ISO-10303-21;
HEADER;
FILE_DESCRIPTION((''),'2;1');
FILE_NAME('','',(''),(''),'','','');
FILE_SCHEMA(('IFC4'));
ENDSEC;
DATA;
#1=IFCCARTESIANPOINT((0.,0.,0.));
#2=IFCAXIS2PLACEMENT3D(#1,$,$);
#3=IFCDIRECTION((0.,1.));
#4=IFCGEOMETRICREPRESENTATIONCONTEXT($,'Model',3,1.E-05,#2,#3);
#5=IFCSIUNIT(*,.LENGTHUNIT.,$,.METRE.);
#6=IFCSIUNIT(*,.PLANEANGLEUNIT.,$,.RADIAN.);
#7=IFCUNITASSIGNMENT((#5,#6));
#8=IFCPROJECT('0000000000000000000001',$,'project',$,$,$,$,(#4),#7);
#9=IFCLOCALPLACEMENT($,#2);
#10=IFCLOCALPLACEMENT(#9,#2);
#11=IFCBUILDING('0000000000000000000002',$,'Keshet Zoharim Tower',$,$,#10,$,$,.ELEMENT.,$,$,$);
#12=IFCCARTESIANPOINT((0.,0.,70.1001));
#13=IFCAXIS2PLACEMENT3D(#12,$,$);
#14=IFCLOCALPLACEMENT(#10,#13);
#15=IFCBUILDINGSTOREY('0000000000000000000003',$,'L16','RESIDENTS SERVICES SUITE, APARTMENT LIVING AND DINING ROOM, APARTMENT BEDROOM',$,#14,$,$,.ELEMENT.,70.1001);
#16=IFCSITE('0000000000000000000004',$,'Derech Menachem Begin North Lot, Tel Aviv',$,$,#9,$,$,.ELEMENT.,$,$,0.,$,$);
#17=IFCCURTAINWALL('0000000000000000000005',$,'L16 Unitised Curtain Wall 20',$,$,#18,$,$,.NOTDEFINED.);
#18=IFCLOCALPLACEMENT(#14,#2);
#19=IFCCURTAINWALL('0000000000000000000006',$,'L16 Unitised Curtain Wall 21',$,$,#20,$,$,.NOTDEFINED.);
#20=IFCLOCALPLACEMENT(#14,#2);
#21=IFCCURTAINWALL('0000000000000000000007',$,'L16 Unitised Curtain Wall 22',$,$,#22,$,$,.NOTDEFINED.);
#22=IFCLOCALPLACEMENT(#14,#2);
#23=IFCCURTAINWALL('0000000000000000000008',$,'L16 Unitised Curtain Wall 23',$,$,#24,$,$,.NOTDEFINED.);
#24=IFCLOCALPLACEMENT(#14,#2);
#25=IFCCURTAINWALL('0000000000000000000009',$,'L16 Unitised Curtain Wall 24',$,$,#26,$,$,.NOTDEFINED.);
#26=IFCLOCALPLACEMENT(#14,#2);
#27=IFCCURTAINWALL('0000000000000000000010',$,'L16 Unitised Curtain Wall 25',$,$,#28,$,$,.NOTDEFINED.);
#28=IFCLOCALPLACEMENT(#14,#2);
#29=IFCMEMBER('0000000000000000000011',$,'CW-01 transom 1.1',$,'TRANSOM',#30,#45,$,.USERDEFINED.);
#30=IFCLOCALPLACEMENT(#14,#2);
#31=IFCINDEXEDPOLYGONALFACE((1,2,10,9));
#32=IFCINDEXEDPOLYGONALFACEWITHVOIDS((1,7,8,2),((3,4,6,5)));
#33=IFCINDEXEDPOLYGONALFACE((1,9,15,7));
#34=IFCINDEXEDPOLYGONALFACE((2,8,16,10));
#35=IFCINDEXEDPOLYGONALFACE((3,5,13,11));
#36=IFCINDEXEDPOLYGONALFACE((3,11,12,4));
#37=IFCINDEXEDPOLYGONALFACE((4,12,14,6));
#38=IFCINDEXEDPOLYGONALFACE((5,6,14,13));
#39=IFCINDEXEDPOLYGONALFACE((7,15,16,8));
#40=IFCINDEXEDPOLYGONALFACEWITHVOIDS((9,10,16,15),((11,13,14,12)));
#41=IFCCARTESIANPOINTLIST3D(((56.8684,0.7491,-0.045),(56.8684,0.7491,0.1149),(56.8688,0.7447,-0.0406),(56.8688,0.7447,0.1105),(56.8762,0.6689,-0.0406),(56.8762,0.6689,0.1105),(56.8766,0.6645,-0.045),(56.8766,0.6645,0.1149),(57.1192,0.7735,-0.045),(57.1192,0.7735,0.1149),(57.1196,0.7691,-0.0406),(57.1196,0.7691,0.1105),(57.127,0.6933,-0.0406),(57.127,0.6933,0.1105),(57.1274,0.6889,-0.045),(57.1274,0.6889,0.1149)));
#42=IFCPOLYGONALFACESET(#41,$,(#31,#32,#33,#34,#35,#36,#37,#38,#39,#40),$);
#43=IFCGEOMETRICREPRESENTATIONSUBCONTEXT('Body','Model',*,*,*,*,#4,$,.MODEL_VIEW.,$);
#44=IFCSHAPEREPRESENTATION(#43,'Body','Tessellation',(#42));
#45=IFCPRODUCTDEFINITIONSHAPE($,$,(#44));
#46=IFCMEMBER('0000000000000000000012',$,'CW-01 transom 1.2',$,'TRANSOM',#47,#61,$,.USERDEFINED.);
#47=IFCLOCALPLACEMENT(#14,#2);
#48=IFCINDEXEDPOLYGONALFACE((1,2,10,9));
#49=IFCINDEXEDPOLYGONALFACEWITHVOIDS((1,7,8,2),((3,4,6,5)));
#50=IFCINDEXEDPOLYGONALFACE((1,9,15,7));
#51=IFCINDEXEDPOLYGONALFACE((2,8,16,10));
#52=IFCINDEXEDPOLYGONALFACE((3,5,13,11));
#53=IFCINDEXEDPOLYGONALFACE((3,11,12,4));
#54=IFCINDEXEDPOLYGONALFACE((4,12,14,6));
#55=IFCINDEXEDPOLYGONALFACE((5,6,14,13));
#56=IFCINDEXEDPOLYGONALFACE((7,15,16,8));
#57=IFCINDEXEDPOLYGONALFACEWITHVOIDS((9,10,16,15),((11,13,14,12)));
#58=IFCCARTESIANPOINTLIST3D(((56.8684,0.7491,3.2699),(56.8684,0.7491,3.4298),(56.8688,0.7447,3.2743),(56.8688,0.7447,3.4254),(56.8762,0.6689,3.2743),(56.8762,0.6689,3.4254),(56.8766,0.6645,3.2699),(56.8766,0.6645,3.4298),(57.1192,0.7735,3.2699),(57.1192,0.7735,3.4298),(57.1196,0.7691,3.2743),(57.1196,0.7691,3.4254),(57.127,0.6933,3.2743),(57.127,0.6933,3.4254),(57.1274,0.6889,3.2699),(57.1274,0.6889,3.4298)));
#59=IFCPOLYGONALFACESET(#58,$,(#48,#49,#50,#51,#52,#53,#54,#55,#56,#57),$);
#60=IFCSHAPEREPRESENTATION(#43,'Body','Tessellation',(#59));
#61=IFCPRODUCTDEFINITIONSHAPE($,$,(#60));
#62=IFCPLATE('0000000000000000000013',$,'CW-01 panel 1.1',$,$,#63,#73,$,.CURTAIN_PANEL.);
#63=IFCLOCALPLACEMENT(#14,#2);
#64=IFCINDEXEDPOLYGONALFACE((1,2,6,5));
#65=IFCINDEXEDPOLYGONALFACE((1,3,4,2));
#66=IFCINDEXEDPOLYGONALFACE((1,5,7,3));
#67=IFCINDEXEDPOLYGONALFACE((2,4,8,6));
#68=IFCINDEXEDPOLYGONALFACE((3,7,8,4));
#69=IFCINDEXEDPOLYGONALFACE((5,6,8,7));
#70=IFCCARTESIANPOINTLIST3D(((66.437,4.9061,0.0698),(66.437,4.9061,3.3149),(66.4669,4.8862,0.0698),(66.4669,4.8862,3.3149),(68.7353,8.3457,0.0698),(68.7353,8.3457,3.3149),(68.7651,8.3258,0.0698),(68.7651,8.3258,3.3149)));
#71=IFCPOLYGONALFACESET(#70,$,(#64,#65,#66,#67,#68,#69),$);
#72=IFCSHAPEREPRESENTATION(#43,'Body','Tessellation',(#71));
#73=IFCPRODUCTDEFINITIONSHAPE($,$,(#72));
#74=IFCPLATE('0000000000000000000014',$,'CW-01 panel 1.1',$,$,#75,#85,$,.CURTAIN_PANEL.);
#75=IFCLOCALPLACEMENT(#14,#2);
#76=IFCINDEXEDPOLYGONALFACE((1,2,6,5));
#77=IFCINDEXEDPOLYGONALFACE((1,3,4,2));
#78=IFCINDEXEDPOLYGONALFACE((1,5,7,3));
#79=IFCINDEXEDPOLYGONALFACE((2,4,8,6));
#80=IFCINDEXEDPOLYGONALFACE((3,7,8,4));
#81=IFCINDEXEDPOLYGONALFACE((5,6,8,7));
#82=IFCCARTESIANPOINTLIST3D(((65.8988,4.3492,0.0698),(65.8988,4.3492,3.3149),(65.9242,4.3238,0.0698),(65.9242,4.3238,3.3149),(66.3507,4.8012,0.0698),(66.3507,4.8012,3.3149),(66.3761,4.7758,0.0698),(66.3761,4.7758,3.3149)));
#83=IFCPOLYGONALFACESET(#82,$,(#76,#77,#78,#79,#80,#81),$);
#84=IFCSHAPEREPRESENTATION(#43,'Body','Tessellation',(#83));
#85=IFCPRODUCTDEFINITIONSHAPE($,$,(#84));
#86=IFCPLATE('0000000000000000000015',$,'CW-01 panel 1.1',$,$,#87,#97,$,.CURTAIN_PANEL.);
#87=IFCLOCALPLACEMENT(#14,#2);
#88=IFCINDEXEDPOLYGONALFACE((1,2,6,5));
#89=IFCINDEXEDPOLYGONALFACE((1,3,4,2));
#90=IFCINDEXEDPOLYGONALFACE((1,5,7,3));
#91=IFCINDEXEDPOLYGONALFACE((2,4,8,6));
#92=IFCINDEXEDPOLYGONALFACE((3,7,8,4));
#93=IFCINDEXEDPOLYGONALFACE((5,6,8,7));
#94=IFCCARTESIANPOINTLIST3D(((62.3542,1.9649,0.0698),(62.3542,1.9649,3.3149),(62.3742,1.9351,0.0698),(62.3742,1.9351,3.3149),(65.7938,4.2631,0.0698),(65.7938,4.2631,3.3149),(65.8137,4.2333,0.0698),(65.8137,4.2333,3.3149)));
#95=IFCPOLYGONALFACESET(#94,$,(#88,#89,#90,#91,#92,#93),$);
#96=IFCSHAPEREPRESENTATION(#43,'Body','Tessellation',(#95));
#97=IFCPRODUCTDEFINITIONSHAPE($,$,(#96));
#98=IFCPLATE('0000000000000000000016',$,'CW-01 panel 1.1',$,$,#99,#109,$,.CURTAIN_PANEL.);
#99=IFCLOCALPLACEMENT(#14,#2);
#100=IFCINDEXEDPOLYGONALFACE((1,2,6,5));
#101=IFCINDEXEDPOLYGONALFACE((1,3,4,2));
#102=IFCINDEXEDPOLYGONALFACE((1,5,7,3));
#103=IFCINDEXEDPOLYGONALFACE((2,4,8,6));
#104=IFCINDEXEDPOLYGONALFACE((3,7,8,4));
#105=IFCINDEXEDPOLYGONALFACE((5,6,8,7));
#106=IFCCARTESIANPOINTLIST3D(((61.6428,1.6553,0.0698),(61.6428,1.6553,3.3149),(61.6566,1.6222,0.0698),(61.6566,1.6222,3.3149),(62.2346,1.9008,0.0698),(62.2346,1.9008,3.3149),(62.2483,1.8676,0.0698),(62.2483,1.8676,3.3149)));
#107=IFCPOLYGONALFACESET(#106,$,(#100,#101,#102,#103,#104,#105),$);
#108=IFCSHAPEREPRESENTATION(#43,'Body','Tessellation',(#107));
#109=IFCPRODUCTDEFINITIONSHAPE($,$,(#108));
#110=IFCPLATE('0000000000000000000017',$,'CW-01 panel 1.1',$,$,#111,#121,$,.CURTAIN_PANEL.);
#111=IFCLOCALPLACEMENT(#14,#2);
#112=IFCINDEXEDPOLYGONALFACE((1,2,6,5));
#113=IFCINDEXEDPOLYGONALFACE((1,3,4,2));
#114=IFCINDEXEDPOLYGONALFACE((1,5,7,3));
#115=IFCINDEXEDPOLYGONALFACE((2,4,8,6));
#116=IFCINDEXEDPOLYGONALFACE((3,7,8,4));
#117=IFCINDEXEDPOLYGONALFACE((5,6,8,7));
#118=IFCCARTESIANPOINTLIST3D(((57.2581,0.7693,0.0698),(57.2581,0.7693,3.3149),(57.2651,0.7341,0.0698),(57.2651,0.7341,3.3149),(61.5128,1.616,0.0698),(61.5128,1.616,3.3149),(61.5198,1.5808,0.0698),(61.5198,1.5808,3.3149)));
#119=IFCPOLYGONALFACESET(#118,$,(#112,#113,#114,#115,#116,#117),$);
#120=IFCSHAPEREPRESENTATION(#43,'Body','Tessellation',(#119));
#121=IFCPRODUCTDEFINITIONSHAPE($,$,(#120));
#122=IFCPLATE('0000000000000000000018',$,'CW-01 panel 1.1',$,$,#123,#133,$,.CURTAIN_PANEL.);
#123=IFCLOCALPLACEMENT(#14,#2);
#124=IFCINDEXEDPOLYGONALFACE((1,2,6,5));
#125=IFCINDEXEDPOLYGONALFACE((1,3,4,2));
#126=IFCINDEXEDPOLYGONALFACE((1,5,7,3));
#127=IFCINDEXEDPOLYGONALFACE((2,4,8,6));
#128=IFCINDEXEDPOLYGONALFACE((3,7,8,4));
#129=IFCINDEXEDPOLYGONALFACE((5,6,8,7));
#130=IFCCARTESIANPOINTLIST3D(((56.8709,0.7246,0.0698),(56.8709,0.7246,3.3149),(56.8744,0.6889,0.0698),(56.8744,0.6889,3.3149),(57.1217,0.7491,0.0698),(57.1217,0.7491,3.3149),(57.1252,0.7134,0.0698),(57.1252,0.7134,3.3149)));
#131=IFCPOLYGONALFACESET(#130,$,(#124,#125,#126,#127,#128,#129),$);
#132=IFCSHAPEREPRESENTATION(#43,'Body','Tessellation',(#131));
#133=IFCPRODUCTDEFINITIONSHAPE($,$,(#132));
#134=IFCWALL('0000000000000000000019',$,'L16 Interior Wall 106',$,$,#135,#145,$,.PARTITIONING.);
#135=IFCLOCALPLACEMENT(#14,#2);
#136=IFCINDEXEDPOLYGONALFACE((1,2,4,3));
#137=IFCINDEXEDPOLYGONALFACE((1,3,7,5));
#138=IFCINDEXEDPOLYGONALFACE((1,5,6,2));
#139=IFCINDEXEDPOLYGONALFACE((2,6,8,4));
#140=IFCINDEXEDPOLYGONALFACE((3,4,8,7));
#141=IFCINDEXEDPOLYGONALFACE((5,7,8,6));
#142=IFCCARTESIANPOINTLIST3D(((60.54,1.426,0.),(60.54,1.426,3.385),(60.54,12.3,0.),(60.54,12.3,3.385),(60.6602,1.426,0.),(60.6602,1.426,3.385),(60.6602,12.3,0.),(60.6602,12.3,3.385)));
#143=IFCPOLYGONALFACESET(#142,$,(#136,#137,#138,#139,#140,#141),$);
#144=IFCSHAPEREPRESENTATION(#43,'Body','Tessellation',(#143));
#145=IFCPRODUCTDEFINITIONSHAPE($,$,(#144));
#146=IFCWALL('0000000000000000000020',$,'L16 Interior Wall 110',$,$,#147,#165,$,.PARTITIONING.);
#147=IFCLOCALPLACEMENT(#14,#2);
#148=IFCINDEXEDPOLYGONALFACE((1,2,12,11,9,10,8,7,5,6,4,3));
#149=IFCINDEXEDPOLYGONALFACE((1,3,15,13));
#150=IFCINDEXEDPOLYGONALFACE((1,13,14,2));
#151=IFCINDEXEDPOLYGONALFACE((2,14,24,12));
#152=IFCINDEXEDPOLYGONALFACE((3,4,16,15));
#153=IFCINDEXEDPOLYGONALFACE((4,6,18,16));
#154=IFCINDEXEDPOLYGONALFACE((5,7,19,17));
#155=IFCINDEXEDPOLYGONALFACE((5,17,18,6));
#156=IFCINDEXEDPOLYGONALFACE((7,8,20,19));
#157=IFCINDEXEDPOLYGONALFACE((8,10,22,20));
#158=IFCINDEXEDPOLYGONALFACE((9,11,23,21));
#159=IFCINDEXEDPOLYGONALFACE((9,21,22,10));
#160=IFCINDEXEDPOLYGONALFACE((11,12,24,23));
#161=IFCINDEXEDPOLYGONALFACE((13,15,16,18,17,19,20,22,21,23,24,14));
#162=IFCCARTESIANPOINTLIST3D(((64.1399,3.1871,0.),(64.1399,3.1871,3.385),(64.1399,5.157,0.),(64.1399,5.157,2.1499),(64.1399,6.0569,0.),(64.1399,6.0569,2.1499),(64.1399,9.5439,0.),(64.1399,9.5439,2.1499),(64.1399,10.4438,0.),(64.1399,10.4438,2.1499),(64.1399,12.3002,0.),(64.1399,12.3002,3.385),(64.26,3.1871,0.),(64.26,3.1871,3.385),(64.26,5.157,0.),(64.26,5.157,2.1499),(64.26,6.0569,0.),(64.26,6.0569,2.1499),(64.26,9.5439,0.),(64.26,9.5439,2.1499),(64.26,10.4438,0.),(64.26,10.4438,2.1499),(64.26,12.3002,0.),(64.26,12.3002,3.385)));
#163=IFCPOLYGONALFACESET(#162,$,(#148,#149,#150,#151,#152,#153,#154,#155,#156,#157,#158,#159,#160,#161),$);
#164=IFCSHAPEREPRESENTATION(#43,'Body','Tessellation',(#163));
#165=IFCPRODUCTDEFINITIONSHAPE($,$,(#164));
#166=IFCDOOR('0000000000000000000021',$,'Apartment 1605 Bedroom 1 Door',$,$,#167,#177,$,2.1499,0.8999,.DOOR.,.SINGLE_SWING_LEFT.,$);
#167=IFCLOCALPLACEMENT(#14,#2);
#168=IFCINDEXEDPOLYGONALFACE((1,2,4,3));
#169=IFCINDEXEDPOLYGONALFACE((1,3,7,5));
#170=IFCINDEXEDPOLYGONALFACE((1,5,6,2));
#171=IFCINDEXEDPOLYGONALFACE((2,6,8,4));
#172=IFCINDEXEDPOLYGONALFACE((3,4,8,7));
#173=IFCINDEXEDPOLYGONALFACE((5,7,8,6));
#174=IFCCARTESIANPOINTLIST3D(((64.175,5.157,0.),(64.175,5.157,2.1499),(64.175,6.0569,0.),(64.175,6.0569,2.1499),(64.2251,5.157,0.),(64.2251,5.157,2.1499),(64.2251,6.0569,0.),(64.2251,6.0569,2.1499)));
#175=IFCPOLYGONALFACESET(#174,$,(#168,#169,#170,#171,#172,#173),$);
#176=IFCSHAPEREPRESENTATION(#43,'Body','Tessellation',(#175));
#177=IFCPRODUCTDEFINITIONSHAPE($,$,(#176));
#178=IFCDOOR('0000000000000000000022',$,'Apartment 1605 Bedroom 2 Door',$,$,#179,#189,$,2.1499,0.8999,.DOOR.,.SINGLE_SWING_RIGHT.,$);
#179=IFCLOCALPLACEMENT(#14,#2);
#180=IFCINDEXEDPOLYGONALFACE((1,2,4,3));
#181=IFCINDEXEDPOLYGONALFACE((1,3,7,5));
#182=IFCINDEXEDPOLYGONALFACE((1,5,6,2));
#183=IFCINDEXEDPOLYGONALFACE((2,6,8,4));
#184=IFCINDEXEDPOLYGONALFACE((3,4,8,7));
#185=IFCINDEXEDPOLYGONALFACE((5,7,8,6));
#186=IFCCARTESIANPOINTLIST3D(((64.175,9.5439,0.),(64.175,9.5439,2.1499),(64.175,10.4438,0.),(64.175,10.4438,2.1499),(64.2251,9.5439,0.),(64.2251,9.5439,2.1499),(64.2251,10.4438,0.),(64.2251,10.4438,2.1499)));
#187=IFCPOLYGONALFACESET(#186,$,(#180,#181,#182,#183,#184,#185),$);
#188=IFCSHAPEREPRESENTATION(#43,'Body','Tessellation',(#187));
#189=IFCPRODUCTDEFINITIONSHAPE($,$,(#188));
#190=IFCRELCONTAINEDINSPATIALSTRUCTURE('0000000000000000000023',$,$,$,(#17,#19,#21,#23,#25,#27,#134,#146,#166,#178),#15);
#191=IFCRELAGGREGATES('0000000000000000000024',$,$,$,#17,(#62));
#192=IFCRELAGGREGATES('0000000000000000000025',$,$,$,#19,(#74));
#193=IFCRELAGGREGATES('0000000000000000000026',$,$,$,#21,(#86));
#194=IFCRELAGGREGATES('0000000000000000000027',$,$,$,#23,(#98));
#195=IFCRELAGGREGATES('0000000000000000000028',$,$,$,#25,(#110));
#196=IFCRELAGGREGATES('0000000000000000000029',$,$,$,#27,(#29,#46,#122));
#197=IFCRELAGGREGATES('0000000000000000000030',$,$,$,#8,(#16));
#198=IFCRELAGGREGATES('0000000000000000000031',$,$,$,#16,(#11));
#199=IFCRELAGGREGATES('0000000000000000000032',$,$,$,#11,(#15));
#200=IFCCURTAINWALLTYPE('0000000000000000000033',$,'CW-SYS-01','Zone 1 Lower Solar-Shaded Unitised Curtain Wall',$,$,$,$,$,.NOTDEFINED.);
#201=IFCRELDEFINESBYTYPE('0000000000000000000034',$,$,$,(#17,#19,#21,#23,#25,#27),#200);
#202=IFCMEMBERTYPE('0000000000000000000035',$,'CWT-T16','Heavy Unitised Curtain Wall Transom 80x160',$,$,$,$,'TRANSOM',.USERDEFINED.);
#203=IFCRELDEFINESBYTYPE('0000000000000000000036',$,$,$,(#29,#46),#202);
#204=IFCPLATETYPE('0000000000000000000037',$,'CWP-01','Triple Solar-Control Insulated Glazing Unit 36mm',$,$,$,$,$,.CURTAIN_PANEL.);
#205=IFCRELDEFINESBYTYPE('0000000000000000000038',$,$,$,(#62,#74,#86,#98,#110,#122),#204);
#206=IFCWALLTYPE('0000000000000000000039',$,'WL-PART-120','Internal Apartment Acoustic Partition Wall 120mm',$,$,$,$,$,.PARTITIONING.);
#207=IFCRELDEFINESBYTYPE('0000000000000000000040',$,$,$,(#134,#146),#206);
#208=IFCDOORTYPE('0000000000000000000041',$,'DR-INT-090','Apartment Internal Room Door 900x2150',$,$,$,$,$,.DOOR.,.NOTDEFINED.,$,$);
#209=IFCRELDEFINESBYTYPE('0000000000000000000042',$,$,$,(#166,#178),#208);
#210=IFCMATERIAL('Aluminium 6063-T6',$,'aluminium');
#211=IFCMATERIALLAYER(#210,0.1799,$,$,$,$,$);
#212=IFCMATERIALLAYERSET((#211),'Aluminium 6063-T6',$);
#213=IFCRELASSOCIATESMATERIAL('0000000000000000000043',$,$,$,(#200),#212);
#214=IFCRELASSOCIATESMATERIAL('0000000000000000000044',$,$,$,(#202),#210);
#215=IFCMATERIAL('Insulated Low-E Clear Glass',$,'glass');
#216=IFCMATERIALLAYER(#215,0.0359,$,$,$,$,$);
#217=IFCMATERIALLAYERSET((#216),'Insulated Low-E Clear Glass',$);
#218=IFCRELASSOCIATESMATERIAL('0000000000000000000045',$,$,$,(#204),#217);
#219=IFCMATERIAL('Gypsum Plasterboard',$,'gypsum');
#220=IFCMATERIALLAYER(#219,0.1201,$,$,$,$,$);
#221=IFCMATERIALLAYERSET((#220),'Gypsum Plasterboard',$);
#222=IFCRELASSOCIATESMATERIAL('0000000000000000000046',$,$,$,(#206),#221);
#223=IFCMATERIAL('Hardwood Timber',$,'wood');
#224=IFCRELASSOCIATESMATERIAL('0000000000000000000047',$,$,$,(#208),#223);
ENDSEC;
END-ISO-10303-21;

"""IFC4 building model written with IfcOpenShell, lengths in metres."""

from ifc_helpers import new_model, si_unit, direction, frame, frame_2d, origin, origin_2d, place, context, subcontext, project, spatial, rectangle, hollow_rectangle, extrude, material, layer, layer_set, material_profile, profile_set, type_object, element, fill, aggregate, save


model = new_model("IFC4")

# Units and contexts
model_context = context("Model", 3, precision=1e-05, world=origin(), true_north=direction((0.0, 1.0)))
body_context = subcontext(model_context, "Body", "Model", "MODEL_VIEW")
ifc_project = project(units=[si_unit("LENGTHUNIT", "METRE"), si_unit("PLANEANGLEUNIT", "RADIAN")], contexts=[model_context])

# Site, building, storey
site_placement = place(None, origin())
site = spatial("IfcSite", under=ifc_project, at=site_placement, Name="Derech Menachem Begin North Lot, Tel Aviv", CompositionType="ELEMENT", RefElevation=0.0)
building_placement = place(site_placement, origin())
building = spatial("IfcBuilding", under=site, at=building_placement, Name="Keshet Zoharim Tower", CompositionType="ELEMENT")
storey_placement = place(building_placement, frame((0.0, 0.0, 70.1001)))
storey = spatial("IfcBuildingStorey", under=building, at=storey_placement, Name="L16", Description="RESIDENTS SERVICES SUITE, APARTMENT LIVING AND DINING ROOM, APARTMENT BEDROOM", CompositionType="ELEMENT", Elevation=70.1001)

# Curtain wall
ifc_material_1 = material(Name="Aluminium 6063-T6", Category="aluminium")
ifc_layer_1 = layer(ifc_material_1, 0.1799)
ifc_layer_set_1 = layer_set([ifc_layer_1], Name="Aluminium 6063-T6")
curtain_wall_type = type_object("IfcCurtainWallType", Name="CW-SYS-01", Description="Zone 1 Lower Solar-Shaded Unitised Curtain Wall", PredefinedType="NOTDEFINED", material=ifc_layer_set_1)
curtain_wall_1_placement = place(storey_placement, origin())
curtain_wall_1 = element("IfcCurtainWall", 1, at=curtain_wall_1_placement, inside=storey, type_object=curtain_wall_type, Name="L16 Unitised Curtain Wall 20", PredefinedType="NOTDEFINED")

# Curtain walls
curtain_wall_2_placement = place(storey_placement, origin())
curtain_wall_2 = element("IfcCurtainWall", 2, at=curtain_wall_2_placement, inside=storey, type_object=curtain_wall_type, Name="L16 Unitised Curtain Wall 21", PredefinedType="NOTDEFINED")
curtain_wall_3_placement = place(storey_placement, origin())
curtain_wall_3 = element("IfcCurtainWall", 3, at=curtain_wall_3_placement, inside=storey, type_object=curtain_wall_type, Name="L16 Unitised Curtain Wall 22", PredefinedType="NOTDEFINED")
curtain_wall_4_placement = place(storey_placement, origin())
curtain_wall_4 = element("IfcCurtainWall", 4, at=curtain_wall_4_placement, inside=storey, type_object=curtain_wall_type, Name="L16 Unitised Curtain Wall 23", PredefinedType="NOTDEFINED")
curtain_wall_5_placement = place(storey_placement, origin())
curtain_wall_5 = element("IfcCurtainWall", 5, at=curtain_wall_5_placement, inside=storey, type_object=curtain_wall_type, Name="L16 Unitised Curtain Wall 24", PredefinedType="NOTDEFINED")
curtain_wall_6_placement = place(storey_placement, origin())
curtain_wall_6 = element("IfcCurtainWall", 6, at=curtain_wall_6_placement, inside=storey, type_object=curtain_wall_type, Name="L16 Unitised Curtain Wall 25", PredefinedType="NOTDEFINED")

# Members
ifc_material_profile_1 = material_profile(ifc_material_1, hollow_rectangle(XDim=0.085, YDim=0.1599, WallThickness=0.0044, at=origin_2d()), Name="TRN-85x160")
ifc_profile_set_1 = profile_set([ifc_material_profile_1], Name="Aluminium 6063-T6")
member_type_1 = type_object("IfcMemberType", Name="CWT-T16", Description="Heavy Unitised Curtain Wall Transom 80x160", ElementType="TRANSOM", PredefinedType="USERDEFINED", material=ifc_profile_set_1)
member_1_placement = place(storey_placement, frame((57.1233, 0.7312, 0.0349), z_axis=(-0.995293, -0.096913, 0.0), x_axis=(0.096913, -0.995293, 0.0)))
member_1 = element("IfcMember", 7, at=member_1_placement, type_object=member_type_1, Name="CW-01 transom 1.1", ObjectType="TRANSOM", PredefinedType="USERDEFINED", context=body_context, shape_type="SweptSolid", body=[
    extrude(hollow_rectangle(XDim=0.085, YDim=0.1599, WallThickness=0.0044, at=origin_2d()), origin(), (0.0, 0.0, 1.0), 0.252),
])
member_2_placement = place(storey_placement, frame((57.1233, 0.7312, 3.3499), z_axis=(-0.995293, -0.096913, 0.0), x_axis=(0.096913, -0.995293, 0.0)))
member_2 = element("IfcMember", 8, at=member_2_placement, type_object=member_type_1, Name="CW-01 transom 1.2", ObjectType="TRANSOM", PredefinedType="USERDEFINED", context=body_context, shape_type="SweptSolid", body=[
    extrude(hollow_rectangle(XDim=0.085, YDim=0.1599, WallThickness=0.0044, at=origin_2d()), origin(), (0.0, 0.0, 1.0), 0.252),
])

# Plates
ifc_material_2 = material(Name="Insulated Low-E Clear Glass", Category="glass")
ifc_layer_2 = layer(ifc_material_2, 0.0359)
ifc_layer_set_2 = layer_set([ifc_layer_2], Name="Insulated Low-E Clear Glass")
plate_type = type_object("IfcPlateType", Name="CWP-01", Description="Triple Solar-Control Insulated Glazing Unit 36mm", PredefinedType="CURTAIN_PANEL", material=ifc_layer_set_2)
plate_1_placement = place(storey_placement, frame((67.6011, 6.616, 0.0698), z_axis=(0.0, 0.0, 1.0), x_axis=(-0.555563, -0.831474, 0.0)))
plate_1 = element("IfcPlate", 9, at=plate_1_placement, type_object=plate_type, Name="CW-01 panel 1.1", PredefinedType="CURTAIN_PANEL", context=body_context, shape_type="SweptSolid", body=[
    extrude(rectangle(XDim=4.1367, YDim=0.0359, at=origin_2d()), origin(), (0.0, 0.0, 1.0), 3.2451),
])
aggregate(curtain_wall_1, [plate_1])
plate_2_placement = place(storey_placement, frame((66.1375, 4.5625, 0.0698), z_axis=(0.0, 0.0, 1.0), x_axis=(-0.707107, -0.707107, 0.0)))
plate_2 = element("IfcPlate", 10, at=plate_2_placement, type_object=plate_type, Name="CW-01 panel 1.1", PredefinedType="CURTAIN_PANEL", context=body_context, shape_type="SweptSolid", body=[
    extrude(rectangle(XDim=0.6392, YDim=0.0359, at=origin_2d()), origin(), (0.0, 0.0, 1.0), 3.2451),
])
aggregate(curtain_wall_2, [plate_2])
plate_3_placement = place(storey_placement, frame((64.084, 3.0991, 0.0698), z_axis=(0.0, 0.0, 1.0), x_axis=(-0.831474, -0.555563, 0.0)))
plate_3 = element("IfcPlate", 11, at=plate_3_placement, type_object=plate_type, Name="CW-01 panel 1.1", PredefinedType="CURTAIN_PANEL", context=body_context, shape_type="SweptSolid", body=[
    extrude(rectangle(XDim=4.1367, YDim=0.0359, at=origin_2d()), origin(), (0.0, 0.0, 1.0), 3.2451),
])
aggregate(curtain_wall_3, [plate_3])
plate_4_placement = place(storey_placement, frame((61.9456, 1.7615, 0.0698), z_axis=(0.0, 0.0, 1.0), x_axis=(-0.92372, -0.383068, 0.0)))
plate_4 = element("IfcPlate", 12, at=plate_4_placement, type_object=plate_type, Name="CW-01 panel 1.1", PredefinedType="CURTAIN_PANEL", context=body_context, shape_type="SweptSolid", body=[
    extrude(rectangle(XDim=0.6406, YDim=0.0359, at=origin_2d()), origin(), (0.0, 0.0, 1.0), 3.2451),
])
aggregate(curtain_wall_4, [plate_4])
plate_5_placement = place(storey_placement, frame((59.3889, 1.175, 0.0698), z_axis=(0.0, 0.0, 1.0), x_axis=(-0.980769, -0.195171, 0.0)))
plate_5 = element("IfcPlate", 13, at=plate_5_placement, type_object=plate_type, Name="CW-01 panel 1.1", PredefinedType="CURTAIN_PANEL", context=body_context, shape_type="SweptSolid", body=[
    extrude(rectangle(XDim=4.3381, YDim=0.0359, at=origin_2d()), origin(), (0.0, 0.0, 1.0), 3.2451),
])
aggregate(curtain_wall_5, [plate_5])
plate_6_placement = place(storey_placement, frame((56.998, 0.719, 0.0698), z_axis=(0.0, 0.0, 1.0), x_axis=(-0.995287, -0.096977, 0.0)))
plate_6 = element("IfcPlate", 14, at=plate_6_placement, type_object=plate_type, Name="CW-01 panel 1.1", PredefinedType="CURTAIN_PANEL", context=body_context, shape_type="SweptSolid", body=[
    extrude(rectangle(XDim=0.252, YDim=0.0359, at=origin_2d()), origin(), (0.0, 0.0, 1.0), 3.2451),
])
aggregate(curtain_wall_6, [member_1, member_2, plate_6])

# Wall
ifc_material_3 = material(Name="Gypsum Plasterboard", Category="gypsum")
ifc_layer_3 = layer(ifc_material_3, 0.1201)
ifc_layer_set_3 = layer_set([ifc_layer_3], Name="Gypsum Plasterboard")
wall_type = type_object("IfcWallType", Name="WL-PART-120", Description="Internal Apartment Acoustic Partition Wall 120mm", PredefinedType="PARTITIONING", material=ifc_layer_set_3)
wall_1_placement = place(storey_placement, frame((60.6001, 1.426, 0.0), z_axis=(0.0, 0.0, 1.0), x_axis=(0.0, 1.0, 0.0)))
element("IfcWall", 15, at=wall_1_placement, inside=storey, type_object=wall_type, Name="L16 Interior Wall 106", PredefinedType="PARTITIONING", context=body_context, shape_type="SweptSolid", body=[
    extrude(rectangle(XDim=10.874, YDim=0.1201, at=frame_2d((5.437, 0.0))), origin(), (0.0, 0.0, 1.0), 3.385),
])

# Wall, openings, doors
wall_2_placement = place(storey_placement, frame((64.2, 3.187, 0.0), z_axis=(0.0, 0.0, 1.0), x_axis=(0.0, 1.0, 0.0)))
wall_2 = element("IfcWall", 16, at=wall_2_placement, inside=storey, type_object=wall_type, Name="L16 Interior Wall 110", PredefinedType="PARTITIONING", context=body_context, shape_type="SweptSolid", body=[
    extrude(rectangle(XDim=9.113, YDim=0.1201, at=frame_2d((4.5566, 0.0))), origin(), (0.0, 0.0, 1.0), 3.385),
])
opening_1_placement = place(wall_2_placement, frame((1.97, 0.0, 0.0)))
opening_1 = element("IfcOpeningElement", 17, at=opening_1_placement, cuts=wall_2, PredefinedType="OPENING", context=body_context, shape_type="SweptSolid", body=[
    extrude(rectangle(XDim=0.8999, YDim=2.1499, at=frame_2d((0.45, 1.075))), frame((0.0, 0.0701, 0.0), z_axis=(0.0, -1.0, 0.0), x_axis=(1.0, 0.0, 0.0)), (0.0, 0.0, 1.0), 0.1401),
])
opening_2_placement = place(wall_2_placement, frame((6.3569, 0.0, 0.0)))
opening_2 = element("IfcOpeningElement", 18, at=opening_2_placement, cuts=wall_2, PredefinedType="OPENING", context=body_context, shape_type="SweptSolid", body=[
    extrude(rectangle(XDim=0.8999, YDim=2.1499, at=frame_2d((0.45, 1.075))), frame((0.0, 0.0701, 0.0), z_axis=(0.0, -1.0, 0.0), x_axis=(1.0, 0.0, 0.0)), (0.0, 0.0, 1.0), 0.1401),
])
ifc_material_4 = material(Name="Hardwood Timber", Category="wood")
door_type = type_object("IfcDoorType", Name="DR-INT-090", Description="Apartment Internal Room Door 900x2150", OperationType="NOTDEFINED", PredefinedType="DOOR", material=ifc_material_4)
door_1_placement = place(opening_1_placement, origin())
door_1 = element("IfcDoor", 19, at=door_1_placement, inside=storey, type_object=door_type, Name="Apartment 1605 Bedroom 1 Door", OperationType="SINGLE_SWING_LEFT", OverallHeight=2.1499, OverallWidth=0.8999, PredefinedType="DOOR", context=body_context, shape_type="SweptSolid", body=[
    extrude(rectangle(XDim=0.8999, YDim=2.1499, at=frame_2d((0.45, 1.075))), frame((0.0, 0.0249, 0.0), z_axis=(0.0, -1.0, 0.0), x_axis=(1.0, 0.0, 0.0)), (0.0, 0.0, 1.0), 0.05),
])
fill(opening_1, door_1)
door_2_placement = place(opening_2_placement, origin())
door_2 = element("IfcDoor", 20, at=door_2_placement, inside=storey, type_object=door_type, Name="Apartment 1605 Bedroom 2 Door", OperationType="SINGLE_SWING_RIGHT", OverallHeight=2.1499, OverallWidth=0.8999, PredefinedType="DOOR", context=body_context, shape_type="SweptSolid", body=[
    extrude(rectangle(XDim=0.8999, YDim=2.1499, at=frame_2d((0.45, 1.075))), frame((0.0, 0.0249, 0.0), z_axis=(0.0, -1.0, 0.0), x_axis=(1.0, 0.0, 0.0)), (0.0, 0.0, 1.0), 0.05),
])
fill(opening_2, door_2)

save(model, "model.ifc")
